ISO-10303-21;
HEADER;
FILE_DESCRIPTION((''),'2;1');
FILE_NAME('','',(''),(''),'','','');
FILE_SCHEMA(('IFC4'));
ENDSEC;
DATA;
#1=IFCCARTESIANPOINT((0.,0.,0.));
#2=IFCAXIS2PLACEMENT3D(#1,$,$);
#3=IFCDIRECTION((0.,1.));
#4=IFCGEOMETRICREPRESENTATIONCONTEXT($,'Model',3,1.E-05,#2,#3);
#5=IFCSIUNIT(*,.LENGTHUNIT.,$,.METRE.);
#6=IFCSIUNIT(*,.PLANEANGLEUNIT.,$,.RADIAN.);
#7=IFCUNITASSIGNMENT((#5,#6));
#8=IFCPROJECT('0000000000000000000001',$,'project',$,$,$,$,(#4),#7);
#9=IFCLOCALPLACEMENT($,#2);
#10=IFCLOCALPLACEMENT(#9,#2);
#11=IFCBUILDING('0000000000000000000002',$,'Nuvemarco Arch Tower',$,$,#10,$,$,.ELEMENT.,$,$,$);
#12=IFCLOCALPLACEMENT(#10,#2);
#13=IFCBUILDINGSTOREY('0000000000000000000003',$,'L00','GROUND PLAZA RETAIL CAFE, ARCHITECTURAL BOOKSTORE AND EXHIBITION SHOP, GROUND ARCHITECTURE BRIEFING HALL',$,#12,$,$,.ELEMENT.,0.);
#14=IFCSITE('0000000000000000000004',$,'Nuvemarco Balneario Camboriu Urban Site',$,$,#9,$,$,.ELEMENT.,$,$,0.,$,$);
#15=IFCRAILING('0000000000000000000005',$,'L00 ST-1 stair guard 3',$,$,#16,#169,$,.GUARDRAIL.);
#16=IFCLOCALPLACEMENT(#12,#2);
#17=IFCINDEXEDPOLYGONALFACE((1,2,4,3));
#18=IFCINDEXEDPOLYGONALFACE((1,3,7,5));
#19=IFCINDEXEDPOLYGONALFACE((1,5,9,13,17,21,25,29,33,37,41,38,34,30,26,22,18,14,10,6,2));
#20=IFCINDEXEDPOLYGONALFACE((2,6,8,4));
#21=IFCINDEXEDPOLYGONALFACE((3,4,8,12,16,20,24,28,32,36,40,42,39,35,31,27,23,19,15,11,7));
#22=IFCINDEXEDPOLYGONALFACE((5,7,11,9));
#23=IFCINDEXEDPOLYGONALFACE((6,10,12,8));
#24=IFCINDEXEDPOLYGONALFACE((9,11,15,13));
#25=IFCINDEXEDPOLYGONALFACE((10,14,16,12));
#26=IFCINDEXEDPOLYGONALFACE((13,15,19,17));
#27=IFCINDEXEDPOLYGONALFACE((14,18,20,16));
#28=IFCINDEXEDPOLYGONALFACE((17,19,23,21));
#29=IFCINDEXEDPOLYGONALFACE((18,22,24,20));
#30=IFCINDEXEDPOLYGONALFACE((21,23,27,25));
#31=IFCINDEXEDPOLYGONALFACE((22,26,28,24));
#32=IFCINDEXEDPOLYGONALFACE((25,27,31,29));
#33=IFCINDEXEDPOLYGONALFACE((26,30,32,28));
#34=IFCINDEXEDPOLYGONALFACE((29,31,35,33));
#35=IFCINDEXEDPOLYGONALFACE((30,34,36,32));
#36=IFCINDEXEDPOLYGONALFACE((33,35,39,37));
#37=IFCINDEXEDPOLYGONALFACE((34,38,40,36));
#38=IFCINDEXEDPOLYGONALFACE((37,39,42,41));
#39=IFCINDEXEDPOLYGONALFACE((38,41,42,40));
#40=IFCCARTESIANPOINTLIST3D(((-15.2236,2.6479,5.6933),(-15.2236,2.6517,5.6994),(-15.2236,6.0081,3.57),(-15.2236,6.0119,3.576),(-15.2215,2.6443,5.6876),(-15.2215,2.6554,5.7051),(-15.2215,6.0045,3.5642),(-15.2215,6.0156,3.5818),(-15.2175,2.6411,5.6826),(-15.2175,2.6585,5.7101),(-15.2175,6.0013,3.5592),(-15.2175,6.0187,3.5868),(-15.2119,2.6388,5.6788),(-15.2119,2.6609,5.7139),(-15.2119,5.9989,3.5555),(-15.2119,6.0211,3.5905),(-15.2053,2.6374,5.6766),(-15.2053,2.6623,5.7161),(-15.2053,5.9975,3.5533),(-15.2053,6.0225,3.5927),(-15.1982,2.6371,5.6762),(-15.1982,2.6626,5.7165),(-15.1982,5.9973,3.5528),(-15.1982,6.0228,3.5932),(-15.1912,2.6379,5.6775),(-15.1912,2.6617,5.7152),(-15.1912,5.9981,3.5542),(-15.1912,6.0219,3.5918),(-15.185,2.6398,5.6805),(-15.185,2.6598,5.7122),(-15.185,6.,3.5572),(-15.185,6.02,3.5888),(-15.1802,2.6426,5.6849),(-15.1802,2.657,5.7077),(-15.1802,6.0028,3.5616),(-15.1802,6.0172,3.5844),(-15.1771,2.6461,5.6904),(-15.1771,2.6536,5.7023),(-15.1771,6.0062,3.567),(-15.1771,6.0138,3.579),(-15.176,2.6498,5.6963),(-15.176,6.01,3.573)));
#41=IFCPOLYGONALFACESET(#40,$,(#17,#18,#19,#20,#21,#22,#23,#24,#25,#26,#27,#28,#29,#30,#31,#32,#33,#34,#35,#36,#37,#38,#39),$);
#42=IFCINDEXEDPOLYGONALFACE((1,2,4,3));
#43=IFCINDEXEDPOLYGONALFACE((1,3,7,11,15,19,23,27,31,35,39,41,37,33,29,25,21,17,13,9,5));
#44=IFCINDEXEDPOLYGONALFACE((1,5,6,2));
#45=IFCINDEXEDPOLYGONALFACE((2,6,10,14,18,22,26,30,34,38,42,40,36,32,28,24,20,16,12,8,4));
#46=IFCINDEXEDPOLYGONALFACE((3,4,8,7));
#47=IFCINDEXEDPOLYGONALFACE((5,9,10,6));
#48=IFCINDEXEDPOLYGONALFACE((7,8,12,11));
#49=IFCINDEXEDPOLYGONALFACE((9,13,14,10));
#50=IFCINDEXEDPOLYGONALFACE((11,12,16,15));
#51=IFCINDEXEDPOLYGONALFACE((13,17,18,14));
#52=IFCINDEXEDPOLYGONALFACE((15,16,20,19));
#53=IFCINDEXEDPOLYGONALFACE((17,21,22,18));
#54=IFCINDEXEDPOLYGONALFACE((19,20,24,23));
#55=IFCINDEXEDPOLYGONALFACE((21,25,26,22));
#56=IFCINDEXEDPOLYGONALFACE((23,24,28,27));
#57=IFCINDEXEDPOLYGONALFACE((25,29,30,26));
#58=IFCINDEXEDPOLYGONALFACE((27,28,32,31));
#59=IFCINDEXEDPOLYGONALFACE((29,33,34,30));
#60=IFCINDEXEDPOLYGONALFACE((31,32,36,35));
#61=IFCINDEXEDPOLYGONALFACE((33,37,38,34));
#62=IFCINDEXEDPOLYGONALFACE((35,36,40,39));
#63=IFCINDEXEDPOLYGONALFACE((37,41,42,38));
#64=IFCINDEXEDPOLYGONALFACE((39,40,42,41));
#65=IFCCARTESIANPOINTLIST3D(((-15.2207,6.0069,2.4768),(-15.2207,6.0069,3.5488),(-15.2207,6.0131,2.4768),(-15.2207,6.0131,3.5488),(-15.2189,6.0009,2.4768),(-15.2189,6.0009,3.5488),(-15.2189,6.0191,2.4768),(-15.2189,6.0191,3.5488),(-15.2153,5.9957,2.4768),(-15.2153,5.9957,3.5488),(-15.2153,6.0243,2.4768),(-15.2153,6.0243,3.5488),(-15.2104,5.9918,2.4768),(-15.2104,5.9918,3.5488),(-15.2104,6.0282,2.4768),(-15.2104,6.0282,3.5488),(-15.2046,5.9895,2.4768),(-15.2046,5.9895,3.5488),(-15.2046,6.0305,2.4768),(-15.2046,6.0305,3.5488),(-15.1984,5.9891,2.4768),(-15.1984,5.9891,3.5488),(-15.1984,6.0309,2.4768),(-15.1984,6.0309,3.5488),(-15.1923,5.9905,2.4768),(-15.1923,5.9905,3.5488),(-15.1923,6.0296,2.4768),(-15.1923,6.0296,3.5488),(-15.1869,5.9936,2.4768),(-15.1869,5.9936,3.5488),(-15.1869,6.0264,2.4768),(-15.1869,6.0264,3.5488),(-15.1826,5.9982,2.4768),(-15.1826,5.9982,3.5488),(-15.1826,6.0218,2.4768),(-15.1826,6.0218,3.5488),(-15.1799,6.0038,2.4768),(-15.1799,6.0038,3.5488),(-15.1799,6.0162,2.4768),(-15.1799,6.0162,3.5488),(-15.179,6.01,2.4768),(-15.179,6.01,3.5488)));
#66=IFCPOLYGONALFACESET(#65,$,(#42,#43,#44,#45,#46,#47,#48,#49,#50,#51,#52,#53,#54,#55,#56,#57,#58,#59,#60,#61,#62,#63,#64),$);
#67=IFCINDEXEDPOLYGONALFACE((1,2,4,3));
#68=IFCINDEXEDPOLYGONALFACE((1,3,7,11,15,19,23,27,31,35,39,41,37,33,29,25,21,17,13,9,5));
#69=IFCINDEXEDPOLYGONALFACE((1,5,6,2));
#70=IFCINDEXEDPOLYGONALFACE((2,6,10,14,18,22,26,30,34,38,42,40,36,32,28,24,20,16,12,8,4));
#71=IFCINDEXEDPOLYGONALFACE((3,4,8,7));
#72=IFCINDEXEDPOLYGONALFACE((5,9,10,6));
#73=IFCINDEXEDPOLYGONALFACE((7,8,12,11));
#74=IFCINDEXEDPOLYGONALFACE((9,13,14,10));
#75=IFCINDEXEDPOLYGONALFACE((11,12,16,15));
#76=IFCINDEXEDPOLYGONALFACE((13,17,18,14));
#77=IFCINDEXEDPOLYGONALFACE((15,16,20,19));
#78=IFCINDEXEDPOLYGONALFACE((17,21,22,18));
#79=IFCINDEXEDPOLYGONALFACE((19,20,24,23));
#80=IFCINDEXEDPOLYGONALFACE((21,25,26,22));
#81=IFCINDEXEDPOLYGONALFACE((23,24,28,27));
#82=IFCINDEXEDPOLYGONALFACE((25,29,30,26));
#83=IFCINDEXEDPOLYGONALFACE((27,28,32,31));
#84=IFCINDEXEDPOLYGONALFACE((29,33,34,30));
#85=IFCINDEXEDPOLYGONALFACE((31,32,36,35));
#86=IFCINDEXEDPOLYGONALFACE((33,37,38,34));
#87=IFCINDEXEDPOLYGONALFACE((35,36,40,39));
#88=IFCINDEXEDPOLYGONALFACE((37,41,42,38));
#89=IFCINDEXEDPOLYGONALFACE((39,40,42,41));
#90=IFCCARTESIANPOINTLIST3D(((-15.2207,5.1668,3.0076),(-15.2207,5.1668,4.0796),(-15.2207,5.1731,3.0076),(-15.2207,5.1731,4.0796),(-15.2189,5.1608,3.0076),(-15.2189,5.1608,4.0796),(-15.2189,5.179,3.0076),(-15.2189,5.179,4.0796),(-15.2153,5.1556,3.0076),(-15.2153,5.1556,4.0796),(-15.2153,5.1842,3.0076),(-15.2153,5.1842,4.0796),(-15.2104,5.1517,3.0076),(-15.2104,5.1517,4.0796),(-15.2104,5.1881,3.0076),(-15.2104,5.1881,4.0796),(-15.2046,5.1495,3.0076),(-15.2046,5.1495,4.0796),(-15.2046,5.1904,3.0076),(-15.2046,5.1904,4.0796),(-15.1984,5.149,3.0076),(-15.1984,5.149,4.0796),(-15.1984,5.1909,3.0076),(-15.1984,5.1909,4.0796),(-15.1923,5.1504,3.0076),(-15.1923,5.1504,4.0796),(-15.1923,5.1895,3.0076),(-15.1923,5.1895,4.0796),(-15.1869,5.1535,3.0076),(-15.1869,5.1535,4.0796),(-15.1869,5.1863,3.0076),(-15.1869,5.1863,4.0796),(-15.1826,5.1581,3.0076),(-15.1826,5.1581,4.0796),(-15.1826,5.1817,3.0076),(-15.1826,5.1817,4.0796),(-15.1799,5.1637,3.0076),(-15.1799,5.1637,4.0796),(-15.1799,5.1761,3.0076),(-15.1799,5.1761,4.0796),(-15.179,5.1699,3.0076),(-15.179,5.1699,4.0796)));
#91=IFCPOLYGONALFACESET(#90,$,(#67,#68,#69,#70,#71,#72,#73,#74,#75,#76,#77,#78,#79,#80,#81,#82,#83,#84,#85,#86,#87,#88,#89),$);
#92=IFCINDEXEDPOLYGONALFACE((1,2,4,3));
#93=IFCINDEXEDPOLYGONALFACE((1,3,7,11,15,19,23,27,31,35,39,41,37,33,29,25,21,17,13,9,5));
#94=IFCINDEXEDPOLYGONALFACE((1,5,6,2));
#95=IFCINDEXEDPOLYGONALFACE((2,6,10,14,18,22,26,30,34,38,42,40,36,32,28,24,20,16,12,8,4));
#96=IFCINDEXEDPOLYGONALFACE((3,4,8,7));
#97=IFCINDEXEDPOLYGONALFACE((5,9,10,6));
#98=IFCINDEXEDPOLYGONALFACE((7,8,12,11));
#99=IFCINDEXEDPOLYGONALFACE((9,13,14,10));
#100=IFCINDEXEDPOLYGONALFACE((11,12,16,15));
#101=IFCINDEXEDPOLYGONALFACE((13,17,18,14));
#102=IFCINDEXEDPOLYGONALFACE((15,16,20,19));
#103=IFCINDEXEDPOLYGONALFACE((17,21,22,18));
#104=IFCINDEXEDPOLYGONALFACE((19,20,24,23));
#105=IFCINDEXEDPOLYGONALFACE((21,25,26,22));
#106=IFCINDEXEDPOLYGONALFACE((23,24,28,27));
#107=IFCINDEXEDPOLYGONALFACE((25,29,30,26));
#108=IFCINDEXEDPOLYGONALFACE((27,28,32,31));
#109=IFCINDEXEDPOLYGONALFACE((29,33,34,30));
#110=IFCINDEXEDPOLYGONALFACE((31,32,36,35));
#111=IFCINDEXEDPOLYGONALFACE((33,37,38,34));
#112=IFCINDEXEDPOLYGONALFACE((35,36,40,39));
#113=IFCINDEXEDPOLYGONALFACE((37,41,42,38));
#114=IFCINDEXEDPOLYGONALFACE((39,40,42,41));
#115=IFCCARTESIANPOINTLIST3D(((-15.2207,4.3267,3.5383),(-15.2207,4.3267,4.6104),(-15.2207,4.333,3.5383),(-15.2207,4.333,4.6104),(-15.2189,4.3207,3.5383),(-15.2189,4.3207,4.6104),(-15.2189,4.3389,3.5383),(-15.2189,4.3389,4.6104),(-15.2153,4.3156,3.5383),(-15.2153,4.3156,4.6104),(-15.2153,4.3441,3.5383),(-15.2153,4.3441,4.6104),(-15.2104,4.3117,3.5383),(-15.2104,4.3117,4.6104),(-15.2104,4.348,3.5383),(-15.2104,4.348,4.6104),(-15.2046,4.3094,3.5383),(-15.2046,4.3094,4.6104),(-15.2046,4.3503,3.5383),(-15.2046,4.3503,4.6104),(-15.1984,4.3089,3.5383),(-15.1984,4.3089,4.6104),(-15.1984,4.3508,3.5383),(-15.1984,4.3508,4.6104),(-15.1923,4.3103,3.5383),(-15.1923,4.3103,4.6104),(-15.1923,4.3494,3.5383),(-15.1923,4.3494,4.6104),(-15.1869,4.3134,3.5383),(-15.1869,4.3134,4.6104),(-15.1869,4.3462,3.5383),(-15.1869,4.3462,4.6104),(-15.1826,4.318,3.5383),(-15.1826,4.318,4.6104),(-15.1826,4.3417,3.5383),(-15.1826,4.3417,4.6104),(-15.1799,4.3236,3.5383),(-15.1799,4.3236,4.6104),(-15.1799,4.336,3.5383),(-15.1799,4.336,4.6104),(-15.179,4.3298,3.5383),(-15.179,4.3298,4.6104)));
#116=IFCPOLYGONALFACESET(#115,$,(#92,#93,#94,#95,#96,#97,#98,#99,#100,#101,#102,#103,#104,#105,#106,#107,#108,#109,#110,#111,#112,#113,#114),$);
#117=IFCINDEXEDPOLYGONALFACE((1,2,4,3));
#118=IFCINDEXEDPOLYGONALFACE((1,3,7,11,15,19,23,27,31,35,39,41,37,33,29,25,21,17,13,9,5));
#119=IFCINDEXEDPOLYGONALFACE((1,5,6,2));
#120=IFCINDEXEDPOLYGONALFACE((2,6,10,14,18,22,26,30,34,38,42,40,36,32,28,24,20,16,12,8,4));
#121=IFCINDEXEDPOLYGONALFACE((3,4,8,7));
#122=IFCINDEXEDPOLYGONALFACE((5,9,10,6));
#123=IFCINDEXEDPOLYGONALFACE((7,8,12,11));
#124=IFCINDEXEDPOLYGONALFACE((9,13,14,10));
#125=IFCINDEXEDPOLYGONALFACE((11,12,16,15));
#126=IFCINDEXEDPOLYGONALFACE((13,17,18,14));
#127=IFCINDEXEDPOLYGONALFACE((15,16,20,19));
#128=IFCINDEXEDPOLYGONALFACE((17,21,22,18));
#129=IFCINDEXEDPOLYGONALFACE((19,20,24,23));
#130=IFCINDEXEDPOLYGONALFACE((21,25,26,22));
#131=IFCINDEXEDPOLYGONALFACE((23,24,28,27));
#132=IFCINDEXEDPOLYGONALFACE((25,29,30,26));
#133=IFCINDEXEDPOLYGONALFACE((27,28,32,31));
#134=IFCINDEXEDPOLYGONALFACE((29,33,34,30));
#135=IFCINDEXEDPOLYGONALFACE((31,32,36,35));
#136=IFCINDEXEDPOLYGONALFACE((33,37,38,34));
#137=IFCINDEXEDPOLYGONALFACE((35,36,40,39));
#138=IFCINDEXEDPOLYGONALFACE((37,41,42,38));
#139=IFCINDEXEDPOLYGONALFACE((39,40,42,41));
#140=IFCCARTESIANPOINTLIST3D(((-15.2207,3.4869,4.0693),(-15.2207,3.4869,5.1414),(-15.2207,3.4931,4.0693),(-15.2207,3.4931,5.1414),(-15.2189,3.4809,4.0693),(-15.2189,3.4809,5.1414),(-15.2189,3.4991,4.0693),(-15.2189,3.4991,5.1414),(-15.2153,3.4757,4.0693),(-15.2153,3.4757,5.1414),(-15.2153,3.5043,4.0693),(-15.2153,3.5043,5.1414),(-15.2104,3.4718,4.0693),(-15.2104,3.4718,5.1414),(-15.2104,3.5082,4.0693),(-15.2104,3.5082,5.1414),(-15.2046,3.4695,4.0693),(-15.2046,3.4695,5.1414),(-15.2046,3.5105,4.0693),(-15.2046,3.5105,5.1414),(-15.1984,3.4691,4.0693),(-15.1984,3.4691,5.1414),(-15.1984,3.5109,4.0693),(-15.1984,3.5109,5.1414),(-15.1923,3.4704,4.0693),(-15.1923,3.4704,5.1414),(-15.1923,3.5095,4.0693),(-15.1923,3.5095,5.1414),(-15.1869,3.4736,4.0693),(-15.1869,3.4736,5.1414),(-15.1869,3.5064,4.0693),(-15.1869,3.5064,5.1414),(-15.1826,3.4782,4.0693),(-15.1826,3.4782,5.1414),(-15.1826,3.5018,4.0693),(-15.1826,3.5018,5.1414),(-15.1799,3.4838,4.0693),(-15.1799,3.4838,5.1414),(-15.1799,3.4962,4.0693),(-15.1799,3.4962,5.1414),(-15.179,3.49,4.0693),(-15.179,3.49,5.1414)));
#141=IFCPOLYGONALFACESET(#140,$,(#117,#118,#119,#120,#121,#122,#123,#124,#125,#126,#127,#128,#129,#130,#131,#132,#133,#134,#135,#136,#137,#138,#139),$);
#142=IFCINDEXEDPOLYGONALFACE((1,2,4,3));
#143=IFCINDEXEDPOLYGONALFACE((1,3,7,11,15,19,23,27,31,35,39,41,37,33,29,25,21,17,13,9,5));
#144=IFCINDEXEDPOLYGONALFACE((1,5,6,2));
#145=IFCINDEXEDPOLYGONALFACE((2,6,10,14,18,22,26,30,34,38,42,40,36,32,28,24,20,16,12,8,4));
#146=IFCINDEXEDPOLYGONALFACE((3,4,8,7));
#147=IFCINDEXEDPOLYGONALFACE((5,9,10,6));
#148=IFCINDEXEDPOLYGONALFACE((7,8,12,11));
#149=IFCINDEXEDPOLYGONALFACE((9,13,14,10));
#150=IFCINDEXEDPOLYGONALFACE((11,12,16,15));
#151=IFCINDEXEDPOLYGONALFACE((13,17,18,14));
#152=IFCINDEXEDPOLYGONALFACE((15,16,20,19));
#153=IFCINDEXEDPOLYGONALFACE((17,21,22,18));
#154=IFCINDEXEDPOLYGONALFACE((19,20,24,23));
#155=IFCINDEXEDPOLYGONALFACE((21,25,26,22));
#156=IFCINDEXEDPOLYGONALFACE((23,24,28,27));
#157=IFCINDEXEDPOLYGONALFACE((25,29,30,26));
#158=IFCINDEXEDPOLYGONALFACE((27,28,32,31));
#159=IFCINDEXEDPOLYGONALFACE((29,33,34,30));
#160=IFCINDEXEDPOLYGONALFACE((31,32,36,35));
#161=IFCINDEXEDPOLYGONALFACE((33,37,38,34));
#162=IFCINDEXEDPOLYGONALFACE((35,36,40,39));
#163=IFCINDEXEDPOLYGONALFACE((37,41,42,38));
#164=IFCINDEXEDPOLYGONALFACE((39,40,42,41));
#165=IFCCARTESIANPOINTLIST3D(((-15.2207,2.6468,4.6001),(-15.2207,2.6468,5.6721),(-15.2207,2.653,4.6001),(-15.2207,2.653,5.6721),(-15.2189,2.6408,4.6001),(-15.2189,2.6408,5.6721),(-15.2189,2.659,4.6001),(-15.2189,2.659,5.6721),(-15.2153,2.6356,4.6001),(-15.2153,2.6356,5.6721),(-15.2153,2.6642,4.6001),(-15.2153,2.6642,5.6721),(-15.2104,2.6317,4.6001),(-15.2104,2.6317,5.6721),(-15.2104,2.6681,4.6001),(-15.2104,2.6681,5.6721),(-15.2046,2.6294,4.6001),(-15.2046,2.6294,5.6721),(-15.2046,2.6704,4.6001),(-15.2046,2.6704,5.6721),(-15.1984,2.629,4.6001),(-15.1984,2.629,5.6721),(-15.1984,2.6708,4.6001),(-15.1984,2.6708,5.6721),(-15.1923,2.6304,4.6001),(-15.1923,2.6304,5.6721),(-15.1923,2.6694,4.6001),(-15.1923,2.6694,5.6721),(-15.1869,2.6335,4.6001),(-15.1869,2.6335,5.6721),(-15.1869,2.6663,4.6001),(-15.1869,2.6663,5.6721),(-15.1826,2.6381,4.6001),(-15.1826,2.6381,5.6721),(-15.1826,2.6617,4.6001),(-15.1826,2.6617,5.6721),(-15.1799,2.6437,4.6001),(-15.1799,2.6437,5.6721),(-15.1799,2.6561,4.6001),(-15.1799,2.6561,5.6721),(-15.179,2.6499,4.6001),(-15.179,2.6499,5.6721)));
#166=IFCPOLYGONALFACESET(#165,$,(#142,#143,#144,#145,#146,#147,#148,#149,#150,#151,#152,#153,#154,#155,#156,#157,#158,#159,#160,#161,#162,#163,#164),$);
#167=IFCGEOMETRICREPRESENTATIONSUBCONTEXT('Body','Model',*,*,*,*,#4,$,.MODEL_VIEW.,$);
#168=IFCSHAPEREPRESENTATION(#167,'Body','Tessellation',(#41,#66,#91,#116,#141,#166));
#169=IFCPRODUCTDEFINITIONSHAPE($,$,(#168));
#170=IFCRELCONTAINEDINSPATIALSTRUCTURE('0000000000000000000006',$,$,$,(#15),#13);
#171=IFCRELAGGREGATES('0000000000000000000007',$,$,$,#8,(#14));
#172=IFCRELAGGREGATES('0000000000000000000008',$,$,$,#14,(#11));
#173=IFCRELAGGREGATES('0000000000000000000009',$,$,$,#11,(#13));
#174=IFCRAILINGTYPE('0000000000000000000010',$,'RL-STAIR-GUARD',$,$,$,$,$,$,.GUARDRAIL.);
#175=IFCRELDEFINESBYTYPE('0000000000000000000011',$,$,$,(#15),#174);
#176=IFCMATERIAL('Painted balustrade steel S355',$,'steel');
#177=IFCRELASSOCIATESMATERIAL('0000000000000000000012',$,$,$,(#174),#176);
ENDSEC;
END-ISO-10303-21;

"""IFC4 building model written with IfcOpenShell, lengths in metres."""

from ifc_helpers import new_model, si_unit, direction, frame, origin, origin_2d, place, context, subcontext, project, spatial, circle, extrude, material, type_object, element, save


model = new_model("IFC4")

# Units and contexts
model_context = context("Model", 3, precision=1e-05, world=origin(), true_north=direction((0.0, 1.0)))
body_context = subcontext(model_context, "Body", "Model", "MODEL_VIEW")
ifc_project = project(units=[si_unit("LENGTHUNIT", "METRE"), si_unit("PLANEANGLEUNIT", "RADIAN")], contexts=[model_context])

# Site, building, storey
site_placement = place(None, origin())
site = spatial("IfcSite", under=ifc_project, at=site_placement, Name="Nuvemarco Balneario Camboriu Urban Site", CompositionType="ELEMENT", RefElevation=0.0)
building_placement = place(site_placement, origin())
building = spatial("IfcBuilding", under=site, at=building_placement, Name="Nuvemarco Arch Tower", CompositionType="ELEMENT")
storey_placement = place(building_placement, origin())
storey = spatial("IfcBuildingStorey", under=building, at=storey_placement, Name="L00", Description="GROUND PLAZA RETAIL CAFE, ARCHITECTURAL BOOKSTORE AND EXHIBITION SHOP, GROUND ARCHITECTURE BRIEFING HALL", CompositionType="ELEMENT", Elevation=0.0)

# Railing
ifc_material_1 = material(Name="Painted balustrade steel S355", Category="steel")
railing_type_1 = type_object("IfcRailingType", Name="RL-STAIR-GUARD", PredefinedType="GUARDRAIL", material=ifc_material_1)
railing_1_placement = place(storey_placement, frame((-15.2, 6.01, 2.4768)))
element("IfcRailing", 1, at=railing_1_placement, inside=storey, type_object=railing_type_1, Name="L00 ST-1 stair guard 3", PredefinedType="GUARDRAIL", context=body_context, shape_type="SweptSolid", body=[
    extrude(circle(Radius=0.0239, at=origin_2d()), frame((0.0, 0.0, 1.0962), z_axis=(0.0, -0.845362, 0.534194), x_axis=(1.0, 0.0, 0.0)), (0.0, 0.0, 1.0), 3.9749),
    extrude(circle(Radius=0.021, at=origin_2d()), origin(), (0.0, 0.0, 1.0), 1.072),
    extrude(circle(Radius=0.021, at=origin_2d()), frame((0.0, -0.8401, 0.5308)), (0.0, 0.0, 1.0), 1.072),
    extrude(circle(Radius=0.021, at=origin_2d()), frame((0.0, -1.6802, 1.0615)), (0.0, 0.0, 1.0), 1.072),
    extrude(circle(Radius=0.021, at=origin_2d()), frame((0.0, -2.52, 1.5925)), (0.0, 0.0, 1.0), 1.072),
    extrude(circle(Radius=0.021, at=origin_2d()), frame((0.0, -3.3601, 2.1233)), (0.0, 0.0, 1.0), 1.072),
])

save(model, "model.ifc")
